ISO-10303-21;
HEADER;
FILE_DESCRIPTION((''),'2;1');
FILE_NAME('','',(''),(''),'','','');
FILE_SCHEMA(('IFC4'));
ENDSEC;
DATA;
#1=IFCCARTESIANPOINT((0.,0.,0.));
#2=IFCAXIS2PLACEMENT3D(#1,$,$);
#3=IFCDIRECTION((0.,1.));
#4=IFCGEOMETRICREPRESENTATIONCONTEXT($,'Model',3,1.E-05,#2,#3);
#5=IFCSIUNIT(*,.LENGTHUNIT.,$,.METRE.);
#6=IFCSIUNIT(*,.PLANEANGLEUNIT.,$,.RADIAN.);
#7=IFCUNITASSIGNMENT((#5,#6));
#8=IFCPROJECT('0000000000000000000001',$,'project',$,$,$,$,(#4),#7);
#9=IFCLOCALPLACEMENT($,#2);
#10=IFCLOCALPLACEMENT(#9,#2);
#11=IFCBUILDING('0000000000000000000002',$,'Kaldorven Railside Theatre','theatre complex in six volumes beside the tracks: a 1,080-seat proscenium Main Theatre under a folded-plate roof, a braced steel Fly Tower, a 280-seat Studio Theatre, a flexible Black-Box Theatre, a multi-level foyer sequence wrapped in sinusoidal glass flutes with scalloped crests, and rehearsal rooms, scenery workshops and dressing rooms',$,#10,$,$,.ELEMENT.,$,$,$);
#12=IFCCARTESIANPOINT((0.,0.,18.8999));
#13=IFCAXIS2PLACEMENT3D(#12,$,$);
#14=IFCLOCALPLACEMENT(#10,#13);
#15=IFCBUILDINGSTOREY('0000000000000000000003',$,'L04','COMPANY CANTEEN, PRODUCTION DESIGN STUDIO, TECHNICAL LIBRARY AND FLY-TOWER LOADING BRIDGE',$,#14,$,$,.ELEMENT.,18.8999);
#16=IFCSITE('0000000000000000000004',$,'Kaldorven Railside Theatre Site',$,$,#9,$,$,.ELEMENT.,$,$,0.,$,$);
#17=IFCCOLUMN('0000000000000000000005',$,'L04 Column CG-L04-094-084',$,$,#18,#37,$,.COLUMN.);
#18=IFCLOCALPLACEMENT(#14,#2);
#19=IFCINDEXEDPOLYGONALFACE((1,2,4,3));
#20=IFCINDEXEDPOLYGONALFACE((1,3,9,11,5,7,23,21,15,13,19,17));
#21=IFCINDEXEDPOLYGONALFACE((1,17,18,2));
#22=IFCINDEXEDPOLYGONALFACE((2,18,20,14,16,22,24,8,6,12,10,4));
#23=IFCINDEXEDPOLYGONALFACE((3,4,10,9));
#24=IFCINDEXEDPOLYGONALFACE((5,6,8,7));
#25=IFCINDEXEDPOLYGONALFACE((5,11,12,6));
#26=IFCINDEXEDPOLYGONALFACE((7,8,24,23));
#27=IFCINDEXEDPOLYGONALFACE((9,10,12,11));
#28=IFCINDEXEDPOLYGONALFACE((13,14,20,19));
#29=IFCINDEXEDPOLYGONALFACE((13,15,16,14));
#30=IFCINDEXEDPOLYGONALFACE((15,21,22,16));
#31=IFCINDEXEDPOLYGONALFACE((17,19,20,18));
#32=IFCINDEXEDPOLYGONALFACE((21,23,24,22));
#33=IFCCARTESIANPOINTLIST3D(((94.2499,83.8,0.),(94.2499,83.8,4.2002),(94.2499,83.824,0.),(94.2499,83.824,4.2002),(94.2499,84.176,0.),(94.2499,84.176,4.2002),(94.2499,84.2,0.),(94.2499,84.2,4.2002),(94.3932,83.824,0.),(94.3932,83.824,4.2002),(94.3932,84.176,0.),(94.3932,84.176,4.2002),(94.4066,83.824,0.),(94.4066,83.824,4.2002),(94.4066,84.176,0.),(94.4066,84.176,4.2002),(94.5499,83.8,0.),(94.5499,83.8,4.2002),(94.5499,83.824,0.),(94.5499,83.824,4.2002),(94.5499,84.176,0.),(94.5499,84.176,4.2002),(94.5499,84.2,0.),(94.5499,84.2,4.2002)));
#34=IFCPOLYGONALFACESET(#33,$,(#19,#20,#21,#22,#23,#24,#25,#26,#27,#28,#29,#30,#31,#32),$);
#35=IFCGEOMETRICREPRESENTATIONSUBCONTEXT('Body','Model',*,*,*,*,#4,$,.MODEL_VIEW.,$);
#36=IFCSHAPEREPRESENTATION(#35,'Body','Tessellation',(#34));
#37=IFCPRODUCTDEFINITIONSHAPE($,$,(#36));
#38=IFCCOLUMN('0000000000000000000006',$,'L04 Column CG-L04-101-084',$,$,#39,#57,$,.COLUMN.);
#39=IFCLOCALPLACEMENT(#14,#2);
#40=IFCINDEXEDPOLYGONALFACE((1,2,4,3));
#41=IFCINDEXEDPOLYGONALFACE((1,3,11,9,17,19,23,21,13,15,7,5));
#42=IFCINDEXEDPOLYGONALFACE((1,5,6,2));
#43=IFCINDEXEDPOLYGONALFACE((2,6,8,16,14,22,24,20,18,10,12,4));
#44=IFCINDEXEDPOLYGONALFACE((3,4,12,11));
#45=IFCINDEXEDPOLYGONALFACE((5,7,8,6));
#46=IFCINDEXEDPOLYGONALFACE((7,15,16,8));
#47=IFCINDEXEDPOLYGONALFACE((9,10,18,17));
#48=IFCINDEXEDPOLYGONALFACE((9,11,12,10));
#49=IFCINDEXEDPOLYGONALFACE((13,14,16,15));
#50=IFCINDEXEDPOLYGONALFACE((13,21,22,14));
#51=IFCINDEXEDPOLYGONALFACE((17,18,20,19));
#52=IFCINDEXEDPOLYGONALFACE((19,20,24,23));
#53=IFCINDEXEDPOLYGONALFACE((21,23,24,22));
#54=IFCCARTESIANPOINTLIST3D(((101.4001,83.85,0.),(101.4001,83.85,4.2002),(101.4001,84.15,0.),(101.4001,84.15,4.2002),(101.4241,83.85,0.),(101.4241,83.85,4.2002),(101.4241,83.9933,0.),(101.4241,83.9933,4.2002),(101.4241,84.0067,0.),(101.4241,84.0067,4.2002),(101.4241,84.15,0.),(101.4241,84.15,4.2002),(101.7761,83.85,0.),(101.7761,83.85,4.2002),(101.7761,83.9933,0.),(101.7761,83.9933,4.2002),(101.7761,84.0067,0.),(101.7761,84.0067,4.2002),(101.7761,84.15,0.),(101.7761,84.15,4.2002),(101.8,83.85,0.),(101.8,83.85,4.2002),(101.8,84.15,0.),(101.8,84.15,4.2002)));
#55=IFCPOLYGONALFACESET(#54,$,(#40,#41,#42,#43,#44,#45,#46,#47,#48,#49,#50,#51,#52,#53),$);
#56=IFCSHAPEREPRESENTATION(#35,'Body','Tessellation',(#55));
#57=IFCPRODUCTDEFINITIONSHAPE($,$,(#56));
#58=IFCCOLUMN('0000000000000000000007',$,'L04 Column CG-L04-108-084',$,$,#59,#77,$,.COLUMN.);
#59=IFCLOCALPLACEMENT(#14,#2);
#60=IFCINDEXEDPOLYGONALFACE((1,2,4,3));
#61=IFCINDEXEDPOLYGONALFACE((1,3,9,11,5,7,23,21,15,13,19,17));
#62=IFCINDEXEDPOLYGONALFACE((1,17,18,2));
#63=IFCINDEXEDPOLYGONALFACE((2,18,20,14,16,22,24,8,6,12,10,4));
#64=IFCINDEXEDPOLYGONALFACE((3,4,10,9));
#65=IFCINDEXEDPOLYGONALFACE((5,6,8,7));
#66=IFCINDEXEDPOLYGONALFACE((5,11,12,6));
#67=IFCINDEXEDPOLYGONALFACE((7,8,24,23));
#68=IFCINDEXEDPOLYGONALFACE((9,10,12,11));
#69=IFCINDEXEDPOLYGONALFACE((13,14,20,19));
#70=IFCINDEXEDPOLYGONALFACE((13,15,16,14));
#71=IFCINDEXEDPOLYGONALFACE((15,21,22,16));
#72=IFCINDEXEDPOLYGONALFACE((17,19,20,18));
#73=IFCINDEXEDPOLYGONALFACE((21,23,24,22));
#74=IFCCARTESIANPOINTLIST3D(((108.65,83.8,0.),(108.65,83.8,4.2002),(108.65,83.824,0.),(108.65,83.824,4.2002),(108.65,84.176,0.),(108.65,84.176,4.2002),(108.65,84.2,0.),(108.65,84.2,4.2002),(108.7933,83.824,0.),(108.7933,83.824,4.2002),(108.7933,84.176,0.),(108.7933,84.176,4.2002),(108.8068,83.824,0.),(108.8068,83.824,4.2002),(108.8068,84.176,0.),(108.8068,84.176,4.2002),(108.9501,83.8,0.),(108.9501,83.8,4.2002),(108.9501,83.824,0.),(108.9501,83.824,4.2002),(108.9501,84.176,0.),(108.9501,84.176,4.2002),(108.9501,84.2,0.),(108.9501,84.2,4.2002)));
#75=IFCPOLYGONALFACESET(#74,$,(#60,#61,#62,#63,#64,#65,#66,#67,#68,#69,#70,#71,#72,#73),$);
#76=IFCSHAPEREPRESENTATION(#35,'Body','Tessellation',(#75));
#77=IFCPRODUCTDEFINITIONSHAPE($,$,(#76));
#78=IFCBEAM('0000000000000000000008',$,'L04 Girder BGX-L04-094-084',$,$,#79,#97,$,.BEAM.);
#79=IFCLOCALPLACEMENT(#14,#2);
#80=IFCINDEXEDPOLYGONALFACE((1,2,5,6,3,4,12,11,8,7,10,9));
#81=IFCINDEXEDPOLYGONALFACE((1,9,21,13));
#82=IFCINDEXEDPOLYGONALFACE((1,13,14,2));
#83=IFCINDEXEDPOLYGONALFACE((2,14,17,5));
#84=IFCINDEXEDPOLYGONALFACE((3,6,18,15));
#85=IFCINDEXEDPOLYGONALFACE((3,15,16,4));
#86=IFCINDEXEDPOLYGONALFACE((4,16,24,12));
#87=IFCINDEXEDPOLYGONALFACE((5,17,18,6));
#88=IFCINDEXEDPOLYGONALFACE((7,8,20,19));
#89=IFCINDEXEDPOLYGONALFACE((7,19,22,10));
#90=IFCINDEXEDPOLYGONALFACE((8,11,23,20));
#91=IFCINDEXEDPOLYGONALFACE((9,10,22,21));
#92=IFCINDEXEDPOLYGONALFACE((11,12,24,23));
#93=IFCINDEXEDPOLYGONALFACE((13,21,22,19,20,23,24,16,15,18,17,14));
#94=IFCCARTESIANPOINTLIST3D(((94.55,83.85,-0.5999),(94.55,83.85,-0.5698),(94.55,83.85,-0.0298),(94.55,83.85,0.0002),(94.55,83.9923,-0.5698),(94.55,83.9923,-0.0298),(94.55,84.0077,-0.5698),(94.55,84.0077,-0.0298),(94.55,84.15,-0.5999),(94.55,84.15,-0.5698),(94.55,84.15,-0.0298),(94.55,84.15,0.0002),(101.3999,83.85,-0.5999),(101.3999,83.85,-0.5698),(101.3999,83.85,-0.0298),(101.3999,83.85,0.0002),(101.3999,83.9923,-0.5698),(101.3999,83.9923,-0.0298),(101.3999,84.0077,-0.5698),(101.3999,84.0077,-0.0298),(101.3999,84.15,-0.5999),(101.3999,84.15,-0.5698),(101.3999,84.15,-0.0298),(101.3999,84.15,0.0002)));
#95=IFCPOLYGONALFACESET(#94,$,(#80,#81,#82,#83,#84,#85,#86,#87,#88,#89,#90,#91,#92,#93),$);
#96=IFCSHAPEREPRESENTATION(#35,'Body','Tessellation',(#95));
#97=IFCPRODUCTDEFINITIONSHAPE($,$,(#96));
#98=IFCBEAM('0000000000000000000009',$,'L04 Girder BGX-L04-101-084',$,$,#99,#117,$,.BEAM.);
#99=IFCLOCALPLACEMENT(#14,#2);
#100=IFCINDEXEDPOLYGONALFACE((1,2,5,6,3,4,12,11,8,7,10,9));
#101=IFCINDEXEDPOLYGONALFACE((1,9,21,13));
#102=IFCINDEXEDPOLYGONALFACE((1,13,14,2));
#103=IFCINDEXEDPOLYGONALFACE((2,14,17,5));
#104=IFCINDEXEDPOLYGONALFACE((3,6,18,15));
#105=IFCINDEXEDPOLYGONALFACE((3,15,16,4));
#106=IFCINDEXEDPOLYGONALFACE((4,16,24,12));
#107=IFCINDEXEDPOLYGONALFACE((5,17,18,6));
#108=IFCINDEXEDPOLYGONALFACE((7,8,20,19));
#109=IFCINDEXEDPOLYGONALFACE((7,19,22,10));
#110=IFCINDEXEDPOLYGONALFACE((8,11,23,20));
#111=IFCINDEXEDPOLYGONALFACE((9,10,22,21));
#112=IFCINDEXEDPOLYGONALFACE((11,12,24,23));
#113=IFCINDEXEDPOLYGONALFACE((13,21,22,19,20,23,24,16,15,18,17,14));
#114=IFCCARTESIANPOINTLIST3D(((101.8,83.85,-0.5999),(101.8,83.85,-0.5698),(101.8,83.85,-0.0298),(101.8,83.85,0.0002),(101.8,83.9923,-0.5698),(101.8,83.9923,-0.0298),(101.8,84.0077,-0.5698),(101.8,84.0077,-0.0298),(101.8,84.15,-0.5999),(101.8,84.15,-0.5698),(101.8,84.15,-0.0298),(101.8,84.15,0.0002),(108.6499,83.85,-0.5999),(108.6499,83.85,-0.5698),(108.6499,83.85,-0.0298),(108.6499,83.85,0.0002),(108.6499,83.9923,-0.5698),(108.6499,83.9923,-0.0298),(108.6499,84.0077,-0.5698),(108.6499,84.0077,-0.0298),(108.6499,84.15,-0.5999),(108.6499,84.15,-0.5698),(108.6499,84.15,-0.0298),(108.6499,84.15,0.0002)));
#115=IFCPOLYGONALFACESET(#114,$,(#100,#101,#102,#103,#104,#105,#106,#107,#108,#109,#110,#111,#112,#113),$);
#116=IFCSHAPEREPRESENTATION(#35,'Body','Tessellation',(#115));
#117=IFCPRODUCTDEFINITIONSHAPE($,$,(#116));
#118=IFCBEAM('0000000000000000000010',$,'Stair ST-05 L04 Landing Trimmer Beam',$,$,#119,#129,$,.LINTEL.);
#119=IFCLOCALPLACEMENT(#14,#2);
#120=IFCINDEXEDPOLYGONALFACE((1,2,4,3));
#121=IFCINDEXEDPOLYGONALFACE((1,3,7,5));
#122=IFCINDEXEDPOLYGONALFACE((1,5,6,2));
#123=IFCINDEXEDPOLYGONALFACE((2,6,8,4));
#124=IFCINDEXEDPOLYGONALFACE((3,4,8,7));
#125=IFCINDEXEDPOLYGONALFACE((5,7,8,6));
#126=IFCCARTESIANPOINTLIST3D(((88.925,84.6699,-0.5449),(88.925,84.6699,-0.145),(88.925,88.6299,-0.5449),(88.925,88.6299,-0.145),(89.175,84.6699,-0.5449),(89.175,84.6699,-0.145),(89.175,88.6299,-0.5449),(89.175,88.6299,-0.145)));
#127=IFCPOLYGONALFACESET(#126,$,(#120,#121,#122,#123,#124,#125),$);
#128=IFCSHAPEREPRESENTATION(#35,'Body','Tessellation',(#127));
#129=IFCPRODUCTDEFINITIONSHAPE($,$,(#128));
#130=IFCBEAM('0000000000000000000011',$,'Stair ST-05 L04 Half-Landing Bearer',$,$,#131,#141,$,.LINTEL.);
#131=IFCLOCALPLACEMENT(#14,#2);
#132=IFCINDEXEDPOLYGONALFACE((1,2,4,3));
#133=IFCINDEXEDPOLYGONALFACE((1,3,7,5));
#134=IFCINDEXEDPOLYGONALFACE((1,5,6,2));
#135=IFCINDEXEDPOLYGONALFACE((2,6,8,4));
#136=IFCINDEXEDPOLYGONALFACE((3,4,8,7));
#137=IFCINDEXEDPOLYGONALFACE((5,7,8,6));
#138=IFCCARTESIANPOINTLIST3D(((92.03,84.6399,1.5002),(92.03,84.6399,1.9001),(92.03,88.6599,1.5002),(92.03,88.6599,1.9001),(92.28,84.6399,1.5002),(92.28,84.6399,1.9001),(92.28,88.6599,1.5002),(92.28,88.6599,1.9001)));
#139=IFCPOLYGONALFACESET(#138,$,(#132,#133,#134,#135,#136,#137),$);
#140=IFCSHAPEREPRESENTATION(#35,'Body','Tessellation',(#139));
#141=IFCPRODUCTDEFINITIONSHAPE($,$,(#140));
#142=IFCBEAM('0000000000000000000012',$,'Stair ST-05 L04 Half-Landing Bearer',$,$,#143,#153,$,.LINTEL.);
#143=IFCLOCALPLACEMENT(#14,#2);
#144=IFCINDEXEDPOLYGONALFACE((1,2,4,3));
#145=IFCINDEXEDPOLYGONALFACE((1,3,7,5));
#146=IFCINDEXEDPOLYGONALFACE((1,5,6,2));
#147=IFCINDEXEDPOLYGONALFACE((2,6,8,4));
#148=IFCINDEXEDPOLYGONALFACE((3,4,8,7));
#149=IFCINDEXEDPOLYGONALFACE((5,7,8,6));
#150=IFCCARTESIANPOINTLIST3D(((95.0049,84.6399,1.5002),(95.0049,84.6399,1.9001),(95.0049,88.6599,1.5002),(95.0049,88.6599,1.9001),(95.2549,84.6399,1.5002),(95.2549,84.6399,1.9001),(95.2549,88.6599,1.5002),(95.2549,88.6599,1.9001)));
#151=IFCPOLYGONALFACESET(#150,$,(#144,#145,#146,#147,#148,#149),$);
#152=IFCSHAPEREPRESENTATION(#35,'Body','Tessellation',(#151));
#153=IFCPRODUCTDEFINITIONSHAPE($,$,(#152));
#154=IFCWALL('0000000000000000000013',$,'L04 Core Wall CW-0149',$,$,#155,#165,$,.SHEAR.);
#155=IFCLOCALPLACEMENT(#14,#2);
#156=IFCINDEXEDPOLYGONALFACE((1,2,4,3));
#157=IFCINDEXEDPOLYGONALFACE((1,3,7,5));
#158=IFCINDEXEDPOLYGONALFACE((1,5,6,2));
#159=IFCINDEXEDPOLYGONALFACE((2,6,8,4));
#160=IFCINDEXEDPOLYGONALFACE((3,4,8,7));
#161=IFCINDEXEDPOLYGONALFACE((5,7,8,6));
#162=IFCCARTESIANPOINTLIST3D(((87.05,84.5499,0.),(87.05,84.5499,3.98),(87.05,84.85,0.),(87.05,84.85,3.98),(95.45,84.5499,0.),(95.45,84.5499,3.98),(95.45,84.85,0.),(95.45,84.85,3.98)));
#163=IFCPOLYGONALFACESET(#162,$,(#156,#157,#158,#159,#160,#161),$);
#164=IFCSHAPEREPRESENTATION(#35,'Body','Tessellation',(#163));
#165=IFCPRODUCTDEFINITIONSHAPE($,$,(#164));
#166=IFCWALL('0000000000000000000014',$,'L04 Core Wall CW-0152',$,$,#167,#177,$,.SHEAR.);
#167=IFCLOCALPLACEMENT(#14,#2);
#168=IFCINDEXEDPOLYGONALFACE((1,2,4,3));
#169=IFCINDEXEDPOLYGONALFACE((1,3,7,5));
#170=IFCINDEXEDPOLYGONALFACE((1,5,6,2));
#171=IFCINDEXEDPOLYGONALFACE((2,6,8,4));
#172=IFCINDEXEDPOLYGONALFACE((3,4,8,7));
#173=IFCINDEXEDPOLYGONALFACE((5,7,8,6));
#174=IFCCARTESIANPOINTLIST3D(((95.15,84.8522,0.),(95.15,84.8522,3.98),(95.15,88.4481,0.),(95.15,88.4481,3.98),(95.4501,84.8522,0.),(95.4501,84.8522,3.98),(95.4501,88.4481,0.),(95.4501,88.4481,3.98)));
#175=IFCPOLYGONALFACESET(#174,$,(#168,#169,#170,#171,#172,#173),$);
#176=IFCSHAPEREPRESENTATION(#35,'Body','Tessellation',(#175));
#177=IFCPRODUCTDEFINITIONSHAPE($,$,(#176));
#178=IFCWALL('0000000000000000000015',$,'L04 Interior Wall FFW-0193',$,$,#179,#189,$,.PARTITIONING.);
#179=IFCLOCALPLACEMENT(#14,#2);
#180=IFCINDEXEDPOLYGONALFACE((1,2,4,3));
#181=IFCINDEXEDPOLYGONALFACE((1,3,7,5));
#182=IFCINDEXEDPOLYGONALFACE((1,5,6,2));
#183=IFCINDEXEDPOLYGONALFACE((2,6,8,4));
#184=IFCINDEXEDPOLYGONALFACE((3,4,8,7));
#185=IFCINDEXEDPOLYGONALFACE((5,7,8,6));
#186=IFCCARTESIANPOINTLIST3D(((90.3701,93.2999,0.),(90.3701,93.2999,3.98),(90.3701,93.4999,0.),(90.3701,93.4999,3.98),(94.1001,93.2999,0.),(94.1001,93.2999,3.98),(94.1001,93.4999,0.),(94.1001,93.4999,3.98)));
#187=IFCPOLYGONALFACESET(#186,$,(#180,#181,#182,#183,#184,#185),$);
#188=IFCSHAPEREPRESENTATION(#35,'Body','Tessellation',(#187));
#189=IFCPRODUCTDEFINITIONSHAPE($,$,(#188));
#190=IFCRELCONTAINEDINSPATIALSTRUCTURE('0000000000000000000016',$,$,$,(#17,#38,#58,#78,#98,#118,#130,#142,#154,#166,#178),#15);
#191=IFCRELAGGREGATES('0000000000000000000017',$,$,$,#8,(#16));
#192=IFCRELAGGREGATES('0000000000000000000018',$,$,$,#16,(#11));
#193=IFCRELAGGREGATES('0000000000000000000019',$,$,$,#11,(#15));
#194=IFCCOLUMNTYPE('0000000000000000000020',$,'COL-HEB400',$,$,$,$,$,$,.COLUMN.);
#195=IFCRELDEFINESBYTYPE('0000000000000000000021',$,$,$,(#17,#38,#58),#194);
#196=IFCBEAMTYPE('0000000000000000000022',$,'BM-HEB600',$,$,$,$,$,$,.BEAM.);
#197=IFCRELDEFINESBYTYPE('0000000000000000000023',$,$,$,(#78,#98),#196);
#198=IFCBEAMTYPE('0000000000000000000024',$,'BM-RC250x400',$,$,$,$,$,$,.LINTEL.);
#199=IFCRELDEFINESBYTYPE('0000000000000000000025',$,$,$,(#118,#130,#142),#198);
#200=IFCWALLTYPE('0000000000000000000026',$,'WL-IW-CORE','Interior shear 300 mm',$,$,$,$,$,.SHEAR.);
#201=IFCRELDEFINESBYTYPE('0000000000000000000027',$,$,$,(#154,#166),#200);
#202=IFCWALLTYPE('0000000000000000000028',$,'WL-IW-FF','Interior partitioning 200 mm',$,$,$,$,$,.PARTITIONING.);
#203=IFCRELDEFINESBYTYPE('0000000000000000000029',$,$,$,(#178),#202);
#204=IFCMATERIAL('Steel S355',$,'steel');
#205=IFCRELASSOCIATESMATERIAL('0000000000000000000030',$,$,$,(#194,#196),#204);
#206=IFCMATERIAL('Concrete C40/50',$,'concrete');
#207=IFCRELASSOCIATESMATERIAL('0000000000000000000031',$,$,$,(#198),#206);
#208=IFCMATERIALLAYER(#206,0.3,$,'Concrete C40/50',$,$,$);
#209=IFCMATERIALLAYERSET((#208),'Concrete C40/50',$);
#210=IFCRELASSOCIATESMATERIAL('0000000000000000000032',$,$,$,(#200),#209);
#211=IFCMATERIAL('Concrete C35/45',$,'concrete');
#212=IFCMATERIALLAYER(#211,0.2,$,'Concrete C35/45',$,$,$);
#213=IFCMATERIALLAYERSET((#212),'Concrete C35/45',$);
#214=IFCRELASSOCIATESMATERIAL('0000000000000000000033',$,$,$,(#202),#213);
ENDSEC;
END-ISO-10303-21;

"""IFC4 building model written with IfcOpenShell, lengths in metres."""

from ifc_helpers import new_model, si_unit, direction, frame, frame_2d, origin, origin_2d, place, context, subcontext, project, spatial, rectangle, i_section, extrude, material, layer, layer_set, material_profile, profile_set, type_object, element, save


model = new_model("IFC4")

# Units and contexts
model_context = context("Model", 3, precision=1e-05, world=origin(), true_north=direction((0.0, 1.0)))
body_context = subcontext(model_context, "Body", "Model", "MODEL_VIEW")
ifc_project = project(units=[si_unit("LENGTHUNIT", "METRE"), si_unit("PLANEANGLEUNIT", "RADIAN")], contexts=[model_context])

# Site, building, storey
site_placement = place(None, origin())
site = spatial("IfcSite", under=ifc_project, at=site_placement, Name="Kaldorven Railside Theatre Site", CompositionType="ELEMENT", RefElevation=0.0)
building_placement = place(site_placement, origin())
building = spatial("IfcBuilding", under=site, at=building_placement, Name="Kaldorven Railside Theatre", Description="theatre complex in six volumes beside the tracks: a 1,080-seat proscenium Main Theatre under a folded-plate roof, a braced steel Fly Tower, a 280-seat Studio Theatre, a flexible Black-Box Theatre, a multi-level foyer sequence wrapped in sinusoidal glass flutes with scalloped crests, and rehearsal rooms, scenery workshops and dressing rooms", CompositionType="ELEMENT")
storey_placement = place(building_placement, frame((0.0, 0.0, 18.8999)))
storey = spatial("IfcBuildingStorey", under=building, at=storey_placement, Name="L04", Description="COMPANY CANTEEN, PRODUCTION DESIGN STUDIO, TECHNICAL LIBRARY AND FLY-TOWER LOADING BRIDGE", CompositionType="ELEMENT", Elevation=18.8999)

# Columns
ifc_material_1 = material(Name="Steel S355", Category="steel")
ifc_material_profile_1 = material_profile(ifc_material_1, i_section(OverallWidth=0.3, OverallDepth=0.3999, WebThickness=0.0134, FlangeThickness=0.0239, at=origin_2d()), Name="HEB 400")
ifc_profile_set_1 = profile_set([ifc_material_profile_1], Name="Steel S355")
column_type = type_object("IfcColumnType", Name="COL-HEB400", PredefinedType="COLUMN", material=ifc_profile_set_1)
for number, where, z_axis, x_axis, name in (
    (1, (94.3999, 84.0, 0.0), (0.0, 0.0, 1.0), (1.0, 0.0, 0.0), "L04 Column CG-L04-094-084"),
    (2, (101.6001, 84.0, 0.0), (0.0, 0.0, 1.0), (0.0, 1.0, 0.0), "L04 Column CG-L04-101-084"),
    (3, (108.8, 84.0, 0.0), (0.0, 0.0, 1.0), (1.0, 0.0, 0.0), "L04 Column CG-L04-108-084"),
):
    element("IfcColumn", number, at=place(storey_placement, frame(where, z_axis=z_axis, x_axis=x_axis)), inside=storey, type_object=column_type, Name=name, PredefinedType="COLUMN", context=body_context, shape_type="SweptSolid", body=[
        extrude(i_section(OverallWidth=0.3, OverallDepth=0.3999, WebThickness=0.0134, FlangeThickness=0.0239, at=origin_2d()), origin(), (0.0, 0.0, 1.0), 4.2002),
    ])

# Beams
ifc_material_profile_2 = material_profile(ifc_material_1, i_section(OverallWidth=0.3, OverallDepth=0.6001, WebThickness=0.0154, FlangeThickness=0.03, at=origin_2d()), Name="HEB 600")
ifc_profile_set_2 = profile_set([ifc_material_profile_2], Name="Steel S355")
beam_type_1 = type_object("IfcBeamType", Name="BM-HEB600", PredefinedType="BEAM", material=ifc_profile_set_2)
for number, where, z_axis, x_axis, name in (
    (4, (94.55, 84.0, -0.2998), (1.0, 0.0, 0.0), (0.0, 1.0, 0.0), "L04 Girder BGX-L04-094-084"),
    (5, (101.8, 84.0, -0.2998), (1.0, 0.0, 0.0), (0.0, 1.0, 0.0), "L04 Girder BGX-L04-101-084"),
):
    element("IfcBeam", number, at=place(storey_placement, frame(where, z_axis=z_axis, x_axis=x_axis)), inside=storey, type_object=beam_type_1, Name=name, PredefinedType="BEAM", context=body_context, shape_type="SweptSolid", body=[
        extrude(i_section(OverallWidth=0.3, OverallDepth=0.6001, WebThickness=0.0154, FlangeThickness=0.03, at=origin_2d()), origin(), (0.0, 0.0, 1.0), 6.8499),
    ])
ifc_material_2 = material(Name="Concrete C40/50", Category="concrete")
ifc_material_profile_3 = material_profile(ifc_material_2, rectangle(XDim=0.25, YDim=0.3999, at=origin_2d()), Name="RC 250x400")
ifc_profile_set_3 = profile_set([ifc_material_profile_3], Name="Concrete C40/50")
beam_type_2 = type_object("IfcBeamType", Name="BM-RC250x400", PredefinedType="LINTEL", material=ifc_profile_set_3)
beam_placement = place(storey_placement, frame((89.05, 84.6699, -0.345), z_axis=(0.0, 1.0, 0.0), x_axis=(-1.0, 0.0, 0.0)))
element("IfcBeam", 6, at=beam_placement, inside=storey, type_object=beam_type_2, Name="Stair ST-05 L04 Landing Trimmer Beam", PredefinedType="LINTEL", context=body_context, shape_type="SweptSolid", body=[
    extrude(rectangle(XDim=0.25, YDim=0.3999, at=origin_2d()), origin(), (0.0, 0.0, 1.0), 3.96),
])
for number, where, z_axis, x_axis, name in (
    (7, (92.155, 84.6399, 1.7002), (0.0, 1.0, 0.0), (-1.0, 0.0, 0.0), "Stair ST-05 L04 Half-Landing Bearer"),
    (8, (95.1299, 84.6399, 1.7002), (0.0, 1.0, 0.0), (-1.0, 0.0, 0.0), "Stair ST-05 L04 Half-Landing Bearer"),
):
    element("IfcBeam", number, at=place(storey_placement, frame(where, z_axis=z_axis, x_axis=x_axis)), inside=storey, type_object=beam_type_2, Name=name, PredefinedType="LINTEL", context=body_context, shape_type="SweptSolid", body=[
        extrude(rectangle(XDim=0.25, YDim=0.3999, at=origin_2d()), origin(), (0.0, 0.0, 1.0), 4.02),
    ])

# Walls
ifc_layer_1 = layer(ifc_material_2, 0.3, Name="Concrete C40/50")
ifc_layer_set_1 = layer_set([ifc_layer_1], Name="Concrete C40/50")
wall_type_1 = type_object("IfcWallType", Name="WL-IW-CORE", Description="Interior shear 300 mm", PredefinedType="SHEAR", material=ifc_layer_set_1)
wall_1_placement = place(storey_placement, frame((95.45, 84.7, 0.0), z_axis=(0.0, 0.0, 1.0), x_axis=(-1.0, 0.0, 0.0)))
element("IfcWall", 9, at=wall_1_placement, inside=storey, type_object=wall_type_1, Name="L04 Core Wall CW-0149", PredefinedType="SHEAR", context=body_context, shape_type="SweptSolid", body=[
    extrude(rectangle(XDim=8.3999, YDim=0.3, at=frame_2d((4.2, 0.0))), origin(), (0.0, 0.0, 1.0), 3.98),
])
wall_2_placement = place(storey_placement, frame((95.3, 88.448, 0.0), z_axis=(0.0, 0.0, 1.0), x_axis=(0.0, -1.0, 0.0)))
element("IfcWall", 10, at=wall_2_placement, inside=storey, type_object=wall_type_1, Name="L04 Core Wall CW-0152", PredefinedType="SHEAR", context=body_context, shape_type="SweptSolid", body=[
    extrude(rectangle(XDim=3.5959, YDim=0.3, at=frame_2d((1.7979, 0.0))), origin(), (0.0, 0.0, 1.0), 3.98),
])
ifc_material_3 = material(Name="Concrete C35/45", Category="concrete")
ifc_layer_2 = layer(ifc_material_3, 0.2, Name="Concrete C35/45")
ifc_layer_set_2 = layer_set([ifc_layer_2], Name="Concrete C35/45")
wall_type_2 = type_object("IfcWallType", Name="WL-IW-FF", Description="Interior partitioning 200 mm", PredefinedType="PARTITIONING", material=ifc_layer_set_2)
wall_3_placement = place(storey_placement, frame((90.3701, 93.3999, 0.0), z_axis=(0.0, 0.0, 1.0), x_axis=(1.0, 0.0, 0.0)))
element("IfcWall", 11, at=wall_3_placement, inside=storey, type_object=wall_type_2, Name="L04 Interior Wall FFW-0193", PredefinedType="PARTITIONING", context=body_context, shape_type="SweptSolid", body=[
    extrude(rectangle(XDim=3.73, YDim=0.2, at=frame_2d((1.865, 0.0))), origin(), (0.0, 0.0, 1.0), 3.98),
])

save(model, "model.ifc")
